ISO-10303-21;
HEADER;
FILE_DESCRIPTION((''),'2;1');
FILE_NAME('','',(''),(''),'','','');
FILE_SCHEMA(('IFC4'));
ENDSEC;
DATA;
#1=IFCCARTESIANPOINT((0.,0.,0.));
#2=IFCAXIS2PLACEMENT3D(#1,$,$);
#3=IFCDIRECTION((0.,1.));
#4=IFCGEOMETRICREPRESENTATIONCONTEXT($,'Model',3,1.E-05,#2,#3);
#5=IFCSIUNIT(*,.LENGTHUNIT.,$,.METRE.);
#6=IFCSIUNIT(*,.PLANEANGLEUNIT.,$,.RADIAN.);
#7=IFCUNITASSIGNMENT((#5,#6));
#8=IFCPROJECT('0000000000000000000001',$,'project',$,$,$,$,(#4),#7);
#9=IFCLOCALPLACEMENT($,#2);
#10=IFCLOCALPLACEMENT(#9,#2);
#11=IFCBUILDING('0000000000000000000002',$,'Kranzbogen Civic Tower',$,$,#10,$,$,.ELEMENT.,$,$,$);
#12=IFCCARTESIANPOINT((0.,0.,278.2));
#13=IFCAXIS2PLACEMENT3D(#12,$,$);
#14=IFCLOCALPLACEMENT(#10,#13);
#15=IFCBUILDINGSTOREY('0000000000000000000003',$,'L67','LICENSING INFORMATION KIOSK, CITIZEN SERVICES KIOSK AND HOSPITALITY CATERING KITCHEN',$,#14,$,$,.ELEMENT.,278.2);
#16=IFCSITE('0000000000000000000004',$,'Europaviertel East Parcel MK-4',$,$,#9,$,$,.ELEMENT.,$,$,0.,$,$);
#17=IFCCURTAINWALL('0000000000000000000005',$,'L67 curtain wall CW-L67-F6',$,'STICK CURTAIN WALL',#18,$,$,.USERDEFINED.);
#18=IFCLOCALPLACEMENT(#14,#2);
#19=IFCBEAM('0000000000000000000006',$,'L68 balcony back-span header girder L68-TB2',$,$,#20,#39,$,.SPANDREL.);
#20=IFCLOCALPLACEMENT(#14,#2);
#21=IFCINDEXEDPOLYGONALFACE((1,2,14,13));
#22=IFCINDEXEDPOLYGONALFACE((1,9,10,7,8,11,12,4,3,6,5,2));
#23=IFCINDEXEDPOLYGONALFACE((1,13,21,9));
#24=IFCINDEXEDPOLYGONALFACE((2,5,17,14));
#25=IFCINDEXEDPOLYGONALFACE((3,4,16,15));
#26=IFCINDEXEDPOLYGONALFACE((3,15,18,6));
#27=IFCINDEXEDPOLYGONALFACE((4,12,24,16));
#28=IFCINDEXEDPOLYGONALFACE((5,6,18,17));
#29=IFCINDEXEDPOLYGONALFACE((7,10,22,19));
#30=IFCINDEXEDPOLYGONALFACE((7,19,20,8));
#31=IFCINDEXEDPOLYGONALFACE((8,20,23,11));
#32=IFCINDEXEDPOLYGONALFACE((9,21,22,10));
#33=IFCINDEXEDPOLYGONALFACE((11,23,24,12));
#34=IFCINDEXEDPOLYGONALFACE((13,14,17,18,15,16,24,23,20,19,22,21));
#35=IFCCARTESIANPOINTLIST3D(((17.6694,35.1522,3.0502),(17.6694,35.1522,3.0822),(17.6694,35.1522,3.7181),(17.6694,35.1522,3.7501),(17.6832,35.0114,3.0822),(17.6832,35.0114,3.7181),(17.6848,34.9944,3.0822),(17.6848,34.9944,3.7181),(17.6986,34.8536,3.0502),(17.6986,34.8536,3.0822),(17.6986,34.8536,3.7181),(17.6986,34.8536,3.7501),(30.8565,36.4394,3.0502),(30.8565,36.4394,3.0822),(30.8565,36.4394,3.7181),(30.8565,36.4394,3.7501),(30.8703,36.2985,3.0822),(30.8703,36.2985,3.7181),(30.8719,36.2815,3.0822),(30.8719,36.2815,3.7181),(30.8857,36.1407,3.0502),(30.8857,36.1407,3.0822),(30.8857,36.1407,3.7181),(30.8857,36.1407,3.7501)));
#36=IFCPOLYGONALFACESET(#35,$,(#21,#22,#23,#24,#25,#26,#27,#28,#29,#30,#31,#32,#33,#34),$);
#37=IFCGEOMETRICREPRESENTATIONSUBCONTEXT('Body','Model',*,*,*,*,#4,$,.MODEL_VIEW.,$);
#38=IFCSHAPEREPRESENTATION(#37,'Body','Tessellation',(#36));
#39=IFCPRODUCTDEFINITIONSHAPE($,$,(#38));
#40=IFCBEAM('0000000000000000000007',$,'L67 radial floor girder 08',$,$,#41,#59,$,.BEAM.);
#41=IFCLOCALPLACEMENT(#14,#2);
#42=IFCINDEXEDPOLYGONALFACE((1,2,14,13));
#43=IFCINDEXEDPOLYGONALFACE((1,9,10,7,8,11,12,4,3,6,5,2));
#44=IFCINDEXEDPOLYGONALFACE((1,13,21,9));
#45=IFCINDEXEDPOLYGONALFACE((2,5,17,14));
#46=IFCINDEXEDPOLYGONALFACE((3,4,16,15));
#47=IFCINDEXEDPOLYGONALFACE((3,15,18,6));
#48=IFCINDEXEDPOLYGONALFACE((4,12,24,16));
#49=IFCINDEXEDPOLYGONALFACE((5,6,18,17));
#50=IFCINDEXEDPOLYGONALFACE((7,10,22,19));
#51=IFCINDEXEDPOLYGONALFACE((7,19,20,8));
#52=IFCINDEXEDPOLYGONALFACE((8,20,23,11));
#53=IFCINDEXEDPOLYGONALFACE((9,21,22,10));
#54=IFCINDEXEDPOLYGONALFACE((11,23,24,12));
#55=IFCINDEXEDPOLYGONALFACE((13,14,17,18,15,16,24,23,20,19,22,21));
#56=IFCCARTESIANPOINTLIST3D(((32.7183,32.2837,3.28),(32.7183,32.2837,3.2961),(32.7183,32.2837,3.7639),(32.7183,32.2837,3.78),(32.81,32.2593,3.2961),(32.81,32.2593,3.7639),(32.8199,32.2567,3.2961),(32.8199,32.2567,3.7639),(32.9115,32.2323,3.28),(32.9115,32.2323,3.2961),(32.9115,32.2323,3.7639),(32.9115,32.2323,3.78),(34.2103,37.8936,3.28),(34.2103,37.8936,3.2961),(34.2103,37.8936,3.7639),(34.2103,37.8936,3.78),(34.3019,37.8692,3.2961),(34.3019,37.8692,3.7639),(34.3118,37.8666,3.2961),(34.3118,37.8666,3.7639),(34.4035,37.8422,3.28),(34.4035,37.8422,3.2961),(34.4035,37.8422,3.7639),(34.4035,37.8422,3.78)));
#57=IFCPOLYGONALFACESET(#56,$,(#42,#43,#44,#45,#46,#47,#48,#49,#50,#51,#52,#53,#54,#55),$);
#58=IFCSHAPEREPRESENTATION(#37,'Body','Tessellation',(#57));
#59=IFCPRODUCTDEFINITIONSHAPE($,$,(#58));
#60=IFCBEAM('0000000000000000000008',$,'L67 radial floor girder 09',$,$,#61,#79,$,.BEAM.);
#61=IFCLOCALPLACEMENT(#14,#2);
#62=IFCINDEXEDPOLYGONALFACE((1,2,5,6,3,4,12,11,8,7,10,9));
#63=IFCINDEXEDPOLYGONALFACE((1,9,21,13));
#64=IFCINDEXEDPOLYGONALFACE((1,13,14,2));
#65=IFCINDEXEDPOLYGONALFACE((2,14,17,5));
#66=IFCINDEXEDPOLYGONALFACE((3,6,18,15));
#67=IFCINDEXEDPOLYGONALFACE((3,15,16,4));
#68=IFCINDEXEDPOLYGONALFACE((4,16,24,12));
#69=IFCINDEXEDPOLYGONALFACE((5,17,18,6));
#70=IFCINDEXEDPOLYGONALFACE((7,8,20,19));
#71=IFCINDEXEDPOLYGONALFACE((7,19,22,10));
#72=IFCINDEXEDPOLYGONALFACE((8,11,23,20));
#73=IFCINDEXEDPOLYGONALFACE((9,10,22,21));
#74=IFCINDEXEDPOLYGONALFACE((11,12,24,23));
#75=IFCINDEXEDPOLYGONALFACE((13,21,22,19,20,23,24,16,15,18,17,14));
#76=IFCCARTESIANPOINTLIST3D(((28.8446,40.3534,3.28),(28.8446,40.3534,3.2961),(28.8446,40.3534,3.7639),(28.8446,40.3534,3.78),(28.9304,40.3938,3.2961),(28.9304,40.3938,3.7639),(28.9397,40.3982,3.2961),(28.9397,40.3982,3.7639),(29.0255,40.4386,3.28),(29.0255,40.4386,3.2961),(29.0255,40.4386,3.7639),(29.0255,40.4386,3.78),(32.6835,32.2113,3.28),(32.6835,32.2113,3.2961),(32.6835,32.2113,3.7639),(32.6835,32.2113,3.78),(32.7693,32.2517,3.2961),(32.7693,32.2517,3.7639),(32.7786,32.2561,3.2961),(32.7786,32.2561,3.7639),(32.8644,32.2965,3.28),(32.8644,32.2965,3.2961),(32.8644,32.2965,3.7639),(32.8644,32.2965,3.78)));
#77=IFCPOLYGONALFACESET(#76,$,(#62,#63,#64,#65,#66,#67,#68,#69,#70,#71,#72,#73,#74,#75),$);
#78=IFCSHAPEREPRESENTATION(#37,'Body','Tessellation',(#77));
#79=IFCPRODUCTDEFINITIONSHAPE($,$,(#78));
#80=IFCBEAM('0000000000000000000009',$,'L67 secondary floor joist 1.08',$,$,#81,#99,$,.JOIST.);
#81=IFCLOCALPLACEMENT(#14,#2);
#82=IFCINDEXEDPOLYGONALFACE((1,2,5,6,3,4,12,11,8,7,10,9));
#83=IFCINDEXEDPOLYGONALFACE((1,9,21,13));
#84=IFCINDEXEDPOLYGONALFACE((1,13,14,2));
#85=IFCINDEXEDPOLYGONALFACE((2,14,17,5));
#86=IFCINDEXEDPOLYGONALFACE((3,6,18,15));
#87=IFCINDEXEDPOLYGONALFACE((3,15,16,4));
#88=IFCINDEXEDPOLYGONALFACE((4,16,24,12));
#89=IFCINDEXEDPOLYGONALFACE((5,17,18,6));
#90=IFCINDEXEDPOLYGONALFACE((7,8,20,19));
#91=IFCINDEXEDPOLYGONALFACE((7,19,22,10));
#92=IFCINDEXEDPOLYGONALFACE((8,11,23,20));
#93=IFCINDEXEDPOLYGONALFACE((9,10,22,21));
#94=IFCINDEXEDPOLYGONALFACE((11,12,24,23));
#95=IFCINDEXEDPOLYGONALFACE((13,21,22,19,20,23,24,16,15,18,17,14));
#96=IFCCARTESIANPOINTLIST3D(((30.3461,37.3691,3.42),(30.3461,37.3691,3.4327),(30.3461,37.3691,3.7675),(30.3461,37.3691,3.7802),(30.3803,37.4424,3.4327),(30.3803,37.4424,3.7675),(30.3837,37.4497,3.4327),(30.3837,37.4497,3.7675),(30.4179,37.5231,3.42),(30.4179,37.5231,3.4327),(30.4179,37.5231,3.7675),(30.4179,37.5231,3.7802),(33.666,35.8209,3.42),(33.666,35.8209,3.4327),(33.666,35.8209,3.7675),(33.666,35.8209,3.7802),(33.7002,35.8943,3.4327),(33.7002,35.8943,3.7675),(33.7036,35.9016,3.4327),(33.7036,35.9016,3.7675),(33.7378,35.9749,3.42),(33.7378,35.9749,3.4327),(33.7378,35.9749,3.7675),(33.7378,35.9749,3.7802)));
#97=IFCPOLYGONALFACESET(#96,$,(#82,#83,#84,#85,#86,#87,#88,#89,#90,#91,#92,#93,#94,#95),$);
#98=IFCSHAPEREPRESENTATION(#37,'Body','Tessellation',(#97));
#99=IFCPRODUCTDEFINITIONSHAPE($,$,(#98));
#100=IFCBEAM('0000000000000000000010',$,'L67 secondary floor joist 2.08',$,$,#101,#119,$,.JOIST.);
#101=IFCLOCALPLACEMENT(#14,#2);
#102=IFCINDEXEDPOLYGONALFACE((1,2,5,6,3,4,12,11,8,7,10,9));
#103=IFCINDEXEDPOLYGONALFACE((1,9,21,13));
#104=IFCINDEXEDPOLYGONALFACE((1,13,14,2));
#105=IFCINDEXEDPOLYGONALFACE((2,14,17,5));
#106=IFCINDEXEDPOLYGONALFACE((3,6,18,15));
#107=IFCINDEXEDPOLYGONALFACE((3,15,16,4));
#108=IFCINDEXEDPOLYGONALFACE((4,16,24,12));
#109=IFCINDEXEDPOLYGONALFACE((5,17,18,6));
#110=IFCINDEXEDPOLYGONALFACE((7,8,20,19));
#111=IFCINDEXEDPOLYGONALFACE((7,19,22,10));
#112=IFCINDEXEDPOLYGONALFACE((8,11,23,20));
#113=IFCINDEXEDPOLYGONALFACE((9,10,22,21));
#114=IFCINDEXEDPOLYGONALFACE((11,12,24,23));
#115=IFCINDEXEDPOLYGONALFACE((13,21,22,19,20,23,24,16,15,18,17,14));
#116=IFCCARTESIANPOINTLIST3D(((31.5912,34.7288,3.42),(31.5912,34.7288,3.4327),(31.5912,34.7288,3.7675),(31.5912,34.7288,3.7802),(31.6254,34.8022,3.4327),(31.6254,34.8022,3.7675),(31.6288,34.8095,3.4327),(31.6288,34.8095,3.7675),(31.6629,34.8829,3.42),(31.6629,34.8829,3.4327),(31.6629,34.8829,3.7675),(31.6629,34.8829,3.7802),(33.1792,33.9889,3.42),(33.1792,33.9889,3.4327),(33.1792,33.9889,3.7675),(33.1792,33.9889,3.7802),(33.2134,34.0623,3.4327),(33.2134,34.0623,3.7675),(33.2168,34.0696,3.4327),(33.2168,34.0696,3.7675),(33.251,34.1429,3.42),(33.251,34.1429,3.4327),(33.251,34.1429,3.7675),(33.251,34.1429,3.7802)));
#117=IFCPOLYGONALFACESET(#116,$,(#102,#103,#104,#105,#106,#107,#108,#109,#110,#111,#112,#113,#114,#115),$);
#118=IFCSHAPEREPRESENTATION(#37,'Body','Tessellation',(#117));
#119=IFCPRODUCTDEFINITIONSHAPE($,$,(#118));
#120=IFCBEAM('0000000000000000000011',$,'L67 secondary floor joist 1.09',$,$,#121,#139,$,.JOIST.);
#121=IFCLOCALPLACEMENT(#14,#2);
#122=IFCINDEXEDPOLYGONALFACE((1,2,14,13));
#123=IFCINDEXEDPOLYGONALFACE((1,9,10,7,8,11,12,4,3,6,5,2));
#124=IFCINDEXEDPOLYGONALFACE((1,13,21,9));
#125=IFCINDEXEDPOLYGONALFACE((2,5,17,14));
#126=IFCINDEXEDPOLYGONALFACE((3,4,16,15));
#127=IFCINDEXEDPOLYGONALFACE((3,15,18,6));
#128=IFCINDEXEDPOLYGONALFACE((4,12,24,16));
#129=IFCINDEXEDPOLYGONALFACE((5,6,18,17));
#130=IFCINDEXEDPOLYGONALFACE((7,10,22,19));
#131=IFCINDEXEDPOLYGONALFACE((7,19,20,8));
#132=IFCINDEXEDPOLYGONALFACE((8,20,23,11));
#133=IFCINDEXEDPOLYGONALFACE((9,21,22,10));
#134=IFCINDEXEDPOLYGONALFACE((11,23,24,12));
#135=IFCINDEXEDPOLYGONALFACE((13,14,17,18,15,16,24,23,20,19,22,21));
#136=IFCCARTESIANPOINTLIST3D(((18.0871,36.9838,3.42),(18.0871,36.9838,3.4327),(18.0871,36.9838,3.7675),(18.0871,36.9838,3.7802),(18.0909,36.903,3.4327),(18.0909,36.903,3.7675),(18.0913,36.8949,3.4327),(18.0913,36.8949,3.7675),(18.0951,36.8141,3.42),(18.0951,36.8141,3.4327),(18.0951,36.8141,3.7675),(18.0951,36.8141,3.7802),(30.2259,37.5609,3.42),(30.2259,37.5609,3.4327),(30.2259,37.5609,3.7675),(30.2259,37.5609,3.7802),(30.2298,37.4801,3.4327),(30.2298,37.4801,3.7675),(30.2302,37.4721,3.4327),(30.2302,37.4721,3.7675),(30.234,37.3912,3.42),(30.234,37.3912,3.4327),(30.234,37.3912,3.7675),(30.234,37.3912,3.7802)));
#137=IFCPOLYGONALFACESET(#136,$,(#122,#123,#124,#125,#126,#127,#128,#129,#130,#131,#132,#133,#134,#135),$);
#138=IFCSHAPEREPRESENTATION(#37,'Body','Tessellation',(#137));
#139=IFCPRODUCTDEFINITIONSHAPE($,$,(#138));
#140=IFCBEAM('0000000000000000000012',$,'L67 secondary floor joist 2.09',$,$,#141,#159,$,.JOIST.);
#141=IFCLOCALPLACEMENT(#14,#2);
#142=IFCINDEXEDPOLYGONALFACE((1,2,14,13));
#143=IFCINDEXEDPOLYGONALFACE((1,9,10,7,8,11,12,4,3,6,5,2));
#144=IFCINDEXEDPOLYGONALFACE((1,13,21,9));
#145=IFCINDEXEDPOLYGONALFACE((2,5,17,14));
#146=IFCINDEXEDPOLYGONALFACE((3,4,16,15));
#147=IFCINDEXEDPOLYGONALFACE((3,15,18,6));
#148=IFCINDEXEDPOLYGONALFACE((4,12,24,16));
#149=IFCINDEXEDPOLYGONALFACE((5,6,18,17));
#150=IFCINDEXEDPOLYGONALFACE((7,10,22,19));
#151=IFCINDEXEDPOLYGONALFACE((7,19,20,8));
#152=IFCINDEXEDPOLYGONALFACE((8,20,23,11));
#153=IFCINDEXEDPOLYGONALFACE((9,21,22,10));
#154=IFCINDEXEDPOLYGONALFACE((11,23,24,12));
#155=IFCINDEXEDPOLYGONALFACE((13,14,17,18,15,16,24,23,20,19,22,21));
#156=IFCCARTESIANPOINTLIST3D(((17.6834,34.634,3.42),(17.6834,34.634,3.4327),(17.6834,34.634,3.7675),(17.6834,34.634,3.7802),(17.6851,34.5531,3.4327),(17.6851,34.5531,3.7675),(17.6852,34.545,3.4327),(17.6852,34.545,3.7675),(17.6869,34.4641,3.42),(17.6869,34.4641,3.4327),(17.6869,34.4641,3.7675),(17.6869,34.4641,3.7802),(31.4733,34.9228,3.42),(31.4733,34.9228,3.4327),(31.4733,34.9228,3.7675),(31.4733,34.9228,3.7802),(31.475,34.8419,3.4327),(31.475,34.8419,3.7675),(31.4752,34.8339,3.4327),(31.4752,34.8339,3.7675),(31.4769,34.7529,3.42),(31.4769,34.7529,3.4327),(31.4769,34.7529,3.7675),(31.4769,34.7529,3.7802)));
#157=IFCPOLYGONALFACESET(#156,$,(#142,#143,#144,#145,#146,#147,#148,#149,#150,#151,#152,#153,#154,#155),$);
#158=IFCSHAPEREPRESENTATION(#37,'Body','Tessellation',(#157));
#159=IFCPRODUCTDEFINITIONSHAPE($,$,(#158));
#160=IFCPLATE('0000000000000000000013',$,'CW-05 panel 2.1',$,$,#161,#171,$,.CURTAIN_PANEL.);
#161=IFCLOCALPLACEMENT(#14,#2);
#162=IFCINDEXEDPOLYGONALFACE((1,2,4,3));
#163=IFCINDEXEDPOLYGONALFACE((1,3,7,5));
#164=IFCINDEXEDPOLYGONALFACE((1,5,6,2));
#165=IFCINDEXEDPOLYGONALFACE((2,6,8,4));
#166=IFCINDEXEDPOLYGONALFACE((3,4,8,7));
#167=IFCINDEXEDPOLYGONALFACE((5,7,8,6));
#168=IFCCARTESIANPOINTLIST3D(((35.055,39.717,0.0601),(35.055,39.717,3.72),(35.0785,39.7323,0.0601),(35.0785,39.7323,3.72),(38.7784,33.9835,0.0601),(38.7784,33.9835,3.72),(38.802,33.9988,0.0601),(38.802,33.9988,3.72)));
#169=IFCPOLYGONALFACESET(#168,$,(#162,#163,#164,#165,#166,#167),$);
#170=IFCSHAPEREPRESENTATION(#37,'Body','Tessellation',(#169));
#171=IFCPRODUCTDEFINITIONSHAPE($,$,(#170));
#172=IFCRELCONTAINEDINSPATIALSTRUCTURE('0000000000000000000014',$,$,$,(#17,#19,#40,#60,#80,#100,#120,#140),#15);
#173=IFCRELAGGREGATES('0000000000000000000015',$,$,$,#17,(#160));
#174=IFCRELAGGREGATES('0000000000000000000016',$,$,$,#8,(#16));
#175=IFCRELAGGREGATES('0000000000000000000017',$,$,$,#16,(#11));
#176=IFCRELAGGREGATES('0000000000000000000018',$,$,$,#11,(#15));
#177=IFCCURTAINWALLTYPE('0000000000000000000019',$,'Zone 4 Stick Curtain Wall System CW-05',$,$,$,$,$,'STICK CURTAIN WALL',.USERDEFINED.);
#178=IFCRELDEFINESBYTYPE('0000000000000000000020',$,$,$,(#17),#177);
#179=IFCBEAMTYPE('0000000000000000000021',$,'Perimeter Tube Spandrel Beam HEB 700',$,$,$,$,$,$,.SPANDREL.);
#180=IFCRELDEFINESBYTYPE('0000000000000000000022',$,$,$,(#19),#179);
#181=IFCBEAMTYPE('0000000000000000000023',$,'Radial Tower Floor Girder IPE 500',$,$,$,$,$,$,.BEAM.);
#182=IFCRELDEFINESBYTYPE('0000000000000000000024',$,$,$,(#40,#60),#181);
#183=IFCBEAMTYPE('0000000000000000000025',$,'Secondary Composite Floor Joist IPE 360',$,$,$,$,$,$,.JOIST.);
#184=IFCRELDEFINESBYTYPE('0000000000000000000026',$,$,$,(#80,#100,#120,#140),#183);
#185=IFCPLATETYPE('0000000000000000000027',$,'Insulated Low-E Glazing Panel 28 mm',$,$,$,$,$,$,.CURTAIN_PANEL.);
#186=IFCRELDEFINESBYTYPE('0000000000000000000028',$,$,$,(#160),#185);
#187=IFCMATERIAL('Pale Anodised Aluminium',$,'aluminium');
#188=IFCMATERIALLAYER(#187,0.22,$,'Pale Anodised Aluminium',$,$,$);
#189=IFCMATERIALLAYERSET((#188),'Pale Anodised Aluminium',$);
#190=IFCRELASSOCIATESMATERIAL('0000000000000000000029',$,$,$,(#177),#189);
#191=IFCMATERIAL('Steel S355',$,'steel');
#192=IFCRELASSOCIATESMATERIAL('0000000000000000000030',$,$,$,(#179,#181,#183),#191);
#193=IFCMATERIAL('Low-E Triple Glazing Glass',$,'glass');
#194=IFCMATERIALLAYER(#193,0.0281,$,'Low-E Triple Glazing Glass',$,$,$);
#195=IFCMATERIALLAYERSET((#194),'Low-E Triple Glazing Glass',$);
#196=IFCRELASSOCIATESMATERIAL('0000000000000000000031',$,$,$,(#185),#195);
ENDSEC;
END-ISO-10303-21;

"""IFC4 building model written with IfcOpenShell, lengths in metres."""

from ifc_helpers import new_model, si_unit, direction, frame, origin, origin_2d, place, context, subcontext, project, spatial, rectangle, i_section, extrude, material, layer, layer_set, material_profile, profile_set, type_object, element, aggregate, save


model = new_model("IFC4")

# Units and contexts
model_context = context("Model", 3, precision=1e-05, world=origin(), true_north=direction((0.0, 1.0)))
body_context = subcontext(model_context, "Body", "Model", "MODEL_VIEW")
ifc_project = project(units=[si_unit("LENGTHUNIT", "METRE"), si_unit("PLANEANGLEUNIT", "RADIAN")], contexts=[model_context])

# Site, building, storey
site_placement = place(None, origin())
site = spatial("IfcSite", under=ifc_project, at=site_placement, Name="Europaviertel East Parcel MK-4", CompositionType="ELEMENT", RefElevation=0.0)
building_placement = place(site_placement, origin())
building = spatial("IfcBuilding", under=site, at=building_placement, Name="Kranzbogen Civic Tower", CompositionType="ELEMENT")
storey_placement = place(building_placement, frame((0.0, 0.0, 278.2)))
storey = spatial("IfcBuildingStorey", under=building, at=storey_placement, Name="L67", Description="LICENSING INFORMATION KIOSK, CITIZEN SERVICES KIOSK AND HOSPITALITY CATERING KITCHEN", CompositionType="ELEMENT", Elevation=278.2)

# Shared definitions
ifc_material_1 = material(Name="Steel S355", Category="steel")

# Shared definitions
ifc_material_2 = material(Name="Pale Anodised Aluminium", Category="aluminium")
ifc_layer_1 = layer(ifc_material_2, 0.22, Name="Pale Anodised Aluminium")
ifc_layer_set_1 = layer_set([ifc_layer_1], Name="Pale Anodised Aluminium")
curtain_wall_type = type_object("IfcCurtainWallType", Name="Zone 4 Stick Curtain Wall System CW-05", ElementType="STICK CURTAIN WALL", PredefinedType="USERDEFINED", material=ifc_layer_set_1)

# Curtain wall
curtain_wall_1_placement = place(storey_placement, origin())
curtain_wall_1 = element("IfcCurtainWall", 1, at=curtain_wall_1_placement, inside=storey, type_object=curtain_wall_type, Name="L67 curtain wall CW-L67-F6", ObjectType="STICK CURTAIN WALL", PredefinedType="USERDEFINED")

# Beams
ifc_material_profile_1 = material_profile(ifc_material_1, i_section(OverallWidth=0.3, OverallDepth=0.7, WebThickness=0.0171, FlangeThickness=0.032, at=origin_2d()), Name="HEB 700")
ifc_profile_set_1 = profile_set([ifc_material_profile_1], Name="Steel S355")
beam_type_1 = type_object("IfcBeamType", Name="Perimeter Tube Spandrel Beam HEB 700", PredefinedType="SPANDREL", material=ifc_profile_set_1)
beam_1_placement = place(storey_placement, frame((30.8711, 36.29, 3.4001), z_axis=(-0.99527, -0.097143, 0.0), x_axis=(0.097143, -0.99527, 0.0)))
element("IfcBeam", 2, at=beam_1_placement, inside=storey, type_object=beam_type_1, Name="L68 balcony back-span header girder L68-TB2", PredefinedType="SPANDREL", context=body_context, shape_type="SweptSolid", body=[
    extrude(i_section(OverallWidth=0.3, OverallDepth=0.7, WebThickness=0.0171, FlangeThickness=0.032, at=origin_2d()), origin(), (0.0, 0.0, 1.0), 13.2498),
])
ifc_material_profile_2 = material_profile(ifc_material_1, i_section(OverallWidth=0.2, OverallDepth=0.5, WebThickness=0.0103, FlangeThickness=0.0161, at=origin_2d()), Name="IPE 500")
ifc_profile_set_2 = profile_set([ifc_material_profile_2], Name="Steel S355")
beam_type_2 = type_object("IfcBeamType", Name="Radial Tower Floor Girder IPE 500", PredefinedType="BEAM", material=ifc_profile_set_2)
beam_2_placement = place(storey_placement, frame((34.3069, 37.8679, 3.53), z_axis=(-0.257016, -0.966407, 0.0), x_axis=(0.966407, -0.257016, 0.0)))
element("IfcBeam", 3, at=beam_2_placement, inside=storey, type_object=beam_type_2, Name="L67 radial floor girder 08", PredefinedType="BEAM", context=body_context, shape_type="SweptSolid", body=[
    extrude(i_section(OverallWidth=0.2, OverallDepth=0.5, WebThickness=0.0103, FlangeThickness=0.0161, at=origin_2d()), origin(), (0.0, 0.0, 1.0), 5.8049),
])
beam_3_placement = place(storey_placement, frame((28.9351, 40.396, 3.53), z_axis=(0.42646, -0.904506, 0.0), x_axis=(0.904506, 0.42646, 0.0)))
element("IfcBeam", 4, at=beam_3_placement, inside=storey, type_object=beam_type_2, Name="L67 radial floor girder 09", PredefinedType="BEAM", context=body_context, shape_type="SweptSolid", body=[
    extrude(i_section(OverallWidth=0.2, OverallDepth=0.5, WebThickness=0.0103, FlangeThickness=0.0161, at=origin_2d()), origin(), (0.0, 0.0, 1.0), 9.0017),
])
ifc_material_profile_3 = material_profile(ifc_material_1, i_section(OverallWidth=0.1699, OverallDepth=0.3601, WebThickness=0.0081, FlangeThickness=0.0127, at=origin_2d()), Name="IPE 360")
ifc_profile_set_3 = profile_set([ifc_material_profile_3], Name="Steel S355")
beam_type_3 = type_object("IfcBeamType", Name="Secondary Composite Floor Joist IPE 360", PredefinedType="JOIST", material=ifc_profile_set_3)
beam_4_placement = place(storey_placement, frame((33.7019, 35.8979, 3.6001), z_axis=(-0.906304, 0.422626, 0.0), x_axis=(-0.422626, -0.906304, 0.0)))
element("IfcBeam", 5, at=beam_4_placement, inside=storey, type_object=beam_type_3, Name="L67 secondary floor joist 1.08", PredefinedType="JOIST", context=body_context, shape_type="SweptSolid", body=[
    extrude(i_section(OverallWidth=0.1699, OverallDepth=0.3601, WebThickness=0.0081, FlangeThickness=0.0127, at=origin_2d()), origin(), (0.0, 0.0, 1.0), 3.6631),
])
beam_5_placement = place(storey_placement, frame((33.2151, 34.0659, 3.6001), z_axis=(-0.906432, 0.422351, 0.0), x_axis=(-0.422351, -0.906432, 0.0)))
element("IfcBeam", 6, at=beam_5_placement, inside=storey, type_object=beam_type_3, Name="L67 secondary floor joist 2.08", PredefinedType="JOIST", context=body_context, shape_type="SweptSolid", body=[
    extrude(i_section(OverallWidth=0.1699, OverallDepth=0.3601, WebThickness=0.0081, FlangeThickness=0.0127, at=origin_2d()), origin(), (0.0, 0.0, 1.0), 1.752),
])
beam_6_placement = place(storey_placement, frame((30.23, 37.4761, 3.6001), z_axis=(-0.998872, -0.047492, 0.0), x_axis=(0.047492, -0.998872, 0.0)))
element("IfcBeam", 7, at=beam_6_placement, inside=storey, type_object=beam_type_3, Name="L67 secondary floor joist 1.09", PredefinedType="JOIST", context=body_context, shape_type="SweptSolid", body=[
    extrude(i_section(OverallWidth=0.1699, OverallDepth=0.3601, WebThickness=0.0081, FlangeThickness=0.0127, at=origin_2d()), origin(), (0.0, 0.0, 1.0), 12.1526),
])
beam_7_placement = place(storey_placement, frame((31.4751, 34.8379, 3.6001), z_axis=(-0.999781, -0.020939, 0.0), x_axis=(0.020939, -0.999781, 0.0)))
element("IfcBeam", 8, at=beam_7_placement, inside=storey, type_object=beam_type_3, Name="L67 secondary floor joist 2.09", PredefinedType="JOIST", context=body_context, shape_type="SweptSolid", body=[
    extrude(i_section(OverallWidth=0.1699, OverallDepth=0.3601, WebThickness=0.0081, FlangeThickness=0.0127, at=origin_2d()), origin(), (0.0, 0.0, 1.0), 13.793),
])

# Plate
ifc_material_3 = material(Name="Low-E Triple Glazing Glass", Category="glass")
ifc_layer_2 = layer(ifc_material_3, 0.0281, Name="Low-E Triple Glazing Glass")
ifc_layer_set_2 = layer_set([ifc_layer_2], Name="Low-E Triple Glazing Glass")
plate_type = type_object("IfcPlateType", Name="Insulated Low-E Glazing Panel 28 mm", PredefinedType="CURTAIN_PANEL", material=ifc_layer_set_2)
plate_placement = place(storey_placement, frame((36.9285, 36.8579, 0.0601), z_axis=(0.0, 0.0, 1.0), x_axis=(-0.544648, 0.838665, 0.0)))
plate = element("IfcPlate", 9, at=plate_placement, type_object=plate_type, Name="CW-05 panel 2.1", PredefinedType="CURTAIN_PANEL", context=body_context, shape_type="SweptSolid", body=[
    extrude(rectangle(XDim=6.8364, YDim=0.0281, at=origin_2d()), origin(), (0.0, 0.0, 1.0), 3.6599),
])
aggregate(curtain_wall_1, [plate])

save(model, "model.ifc")
